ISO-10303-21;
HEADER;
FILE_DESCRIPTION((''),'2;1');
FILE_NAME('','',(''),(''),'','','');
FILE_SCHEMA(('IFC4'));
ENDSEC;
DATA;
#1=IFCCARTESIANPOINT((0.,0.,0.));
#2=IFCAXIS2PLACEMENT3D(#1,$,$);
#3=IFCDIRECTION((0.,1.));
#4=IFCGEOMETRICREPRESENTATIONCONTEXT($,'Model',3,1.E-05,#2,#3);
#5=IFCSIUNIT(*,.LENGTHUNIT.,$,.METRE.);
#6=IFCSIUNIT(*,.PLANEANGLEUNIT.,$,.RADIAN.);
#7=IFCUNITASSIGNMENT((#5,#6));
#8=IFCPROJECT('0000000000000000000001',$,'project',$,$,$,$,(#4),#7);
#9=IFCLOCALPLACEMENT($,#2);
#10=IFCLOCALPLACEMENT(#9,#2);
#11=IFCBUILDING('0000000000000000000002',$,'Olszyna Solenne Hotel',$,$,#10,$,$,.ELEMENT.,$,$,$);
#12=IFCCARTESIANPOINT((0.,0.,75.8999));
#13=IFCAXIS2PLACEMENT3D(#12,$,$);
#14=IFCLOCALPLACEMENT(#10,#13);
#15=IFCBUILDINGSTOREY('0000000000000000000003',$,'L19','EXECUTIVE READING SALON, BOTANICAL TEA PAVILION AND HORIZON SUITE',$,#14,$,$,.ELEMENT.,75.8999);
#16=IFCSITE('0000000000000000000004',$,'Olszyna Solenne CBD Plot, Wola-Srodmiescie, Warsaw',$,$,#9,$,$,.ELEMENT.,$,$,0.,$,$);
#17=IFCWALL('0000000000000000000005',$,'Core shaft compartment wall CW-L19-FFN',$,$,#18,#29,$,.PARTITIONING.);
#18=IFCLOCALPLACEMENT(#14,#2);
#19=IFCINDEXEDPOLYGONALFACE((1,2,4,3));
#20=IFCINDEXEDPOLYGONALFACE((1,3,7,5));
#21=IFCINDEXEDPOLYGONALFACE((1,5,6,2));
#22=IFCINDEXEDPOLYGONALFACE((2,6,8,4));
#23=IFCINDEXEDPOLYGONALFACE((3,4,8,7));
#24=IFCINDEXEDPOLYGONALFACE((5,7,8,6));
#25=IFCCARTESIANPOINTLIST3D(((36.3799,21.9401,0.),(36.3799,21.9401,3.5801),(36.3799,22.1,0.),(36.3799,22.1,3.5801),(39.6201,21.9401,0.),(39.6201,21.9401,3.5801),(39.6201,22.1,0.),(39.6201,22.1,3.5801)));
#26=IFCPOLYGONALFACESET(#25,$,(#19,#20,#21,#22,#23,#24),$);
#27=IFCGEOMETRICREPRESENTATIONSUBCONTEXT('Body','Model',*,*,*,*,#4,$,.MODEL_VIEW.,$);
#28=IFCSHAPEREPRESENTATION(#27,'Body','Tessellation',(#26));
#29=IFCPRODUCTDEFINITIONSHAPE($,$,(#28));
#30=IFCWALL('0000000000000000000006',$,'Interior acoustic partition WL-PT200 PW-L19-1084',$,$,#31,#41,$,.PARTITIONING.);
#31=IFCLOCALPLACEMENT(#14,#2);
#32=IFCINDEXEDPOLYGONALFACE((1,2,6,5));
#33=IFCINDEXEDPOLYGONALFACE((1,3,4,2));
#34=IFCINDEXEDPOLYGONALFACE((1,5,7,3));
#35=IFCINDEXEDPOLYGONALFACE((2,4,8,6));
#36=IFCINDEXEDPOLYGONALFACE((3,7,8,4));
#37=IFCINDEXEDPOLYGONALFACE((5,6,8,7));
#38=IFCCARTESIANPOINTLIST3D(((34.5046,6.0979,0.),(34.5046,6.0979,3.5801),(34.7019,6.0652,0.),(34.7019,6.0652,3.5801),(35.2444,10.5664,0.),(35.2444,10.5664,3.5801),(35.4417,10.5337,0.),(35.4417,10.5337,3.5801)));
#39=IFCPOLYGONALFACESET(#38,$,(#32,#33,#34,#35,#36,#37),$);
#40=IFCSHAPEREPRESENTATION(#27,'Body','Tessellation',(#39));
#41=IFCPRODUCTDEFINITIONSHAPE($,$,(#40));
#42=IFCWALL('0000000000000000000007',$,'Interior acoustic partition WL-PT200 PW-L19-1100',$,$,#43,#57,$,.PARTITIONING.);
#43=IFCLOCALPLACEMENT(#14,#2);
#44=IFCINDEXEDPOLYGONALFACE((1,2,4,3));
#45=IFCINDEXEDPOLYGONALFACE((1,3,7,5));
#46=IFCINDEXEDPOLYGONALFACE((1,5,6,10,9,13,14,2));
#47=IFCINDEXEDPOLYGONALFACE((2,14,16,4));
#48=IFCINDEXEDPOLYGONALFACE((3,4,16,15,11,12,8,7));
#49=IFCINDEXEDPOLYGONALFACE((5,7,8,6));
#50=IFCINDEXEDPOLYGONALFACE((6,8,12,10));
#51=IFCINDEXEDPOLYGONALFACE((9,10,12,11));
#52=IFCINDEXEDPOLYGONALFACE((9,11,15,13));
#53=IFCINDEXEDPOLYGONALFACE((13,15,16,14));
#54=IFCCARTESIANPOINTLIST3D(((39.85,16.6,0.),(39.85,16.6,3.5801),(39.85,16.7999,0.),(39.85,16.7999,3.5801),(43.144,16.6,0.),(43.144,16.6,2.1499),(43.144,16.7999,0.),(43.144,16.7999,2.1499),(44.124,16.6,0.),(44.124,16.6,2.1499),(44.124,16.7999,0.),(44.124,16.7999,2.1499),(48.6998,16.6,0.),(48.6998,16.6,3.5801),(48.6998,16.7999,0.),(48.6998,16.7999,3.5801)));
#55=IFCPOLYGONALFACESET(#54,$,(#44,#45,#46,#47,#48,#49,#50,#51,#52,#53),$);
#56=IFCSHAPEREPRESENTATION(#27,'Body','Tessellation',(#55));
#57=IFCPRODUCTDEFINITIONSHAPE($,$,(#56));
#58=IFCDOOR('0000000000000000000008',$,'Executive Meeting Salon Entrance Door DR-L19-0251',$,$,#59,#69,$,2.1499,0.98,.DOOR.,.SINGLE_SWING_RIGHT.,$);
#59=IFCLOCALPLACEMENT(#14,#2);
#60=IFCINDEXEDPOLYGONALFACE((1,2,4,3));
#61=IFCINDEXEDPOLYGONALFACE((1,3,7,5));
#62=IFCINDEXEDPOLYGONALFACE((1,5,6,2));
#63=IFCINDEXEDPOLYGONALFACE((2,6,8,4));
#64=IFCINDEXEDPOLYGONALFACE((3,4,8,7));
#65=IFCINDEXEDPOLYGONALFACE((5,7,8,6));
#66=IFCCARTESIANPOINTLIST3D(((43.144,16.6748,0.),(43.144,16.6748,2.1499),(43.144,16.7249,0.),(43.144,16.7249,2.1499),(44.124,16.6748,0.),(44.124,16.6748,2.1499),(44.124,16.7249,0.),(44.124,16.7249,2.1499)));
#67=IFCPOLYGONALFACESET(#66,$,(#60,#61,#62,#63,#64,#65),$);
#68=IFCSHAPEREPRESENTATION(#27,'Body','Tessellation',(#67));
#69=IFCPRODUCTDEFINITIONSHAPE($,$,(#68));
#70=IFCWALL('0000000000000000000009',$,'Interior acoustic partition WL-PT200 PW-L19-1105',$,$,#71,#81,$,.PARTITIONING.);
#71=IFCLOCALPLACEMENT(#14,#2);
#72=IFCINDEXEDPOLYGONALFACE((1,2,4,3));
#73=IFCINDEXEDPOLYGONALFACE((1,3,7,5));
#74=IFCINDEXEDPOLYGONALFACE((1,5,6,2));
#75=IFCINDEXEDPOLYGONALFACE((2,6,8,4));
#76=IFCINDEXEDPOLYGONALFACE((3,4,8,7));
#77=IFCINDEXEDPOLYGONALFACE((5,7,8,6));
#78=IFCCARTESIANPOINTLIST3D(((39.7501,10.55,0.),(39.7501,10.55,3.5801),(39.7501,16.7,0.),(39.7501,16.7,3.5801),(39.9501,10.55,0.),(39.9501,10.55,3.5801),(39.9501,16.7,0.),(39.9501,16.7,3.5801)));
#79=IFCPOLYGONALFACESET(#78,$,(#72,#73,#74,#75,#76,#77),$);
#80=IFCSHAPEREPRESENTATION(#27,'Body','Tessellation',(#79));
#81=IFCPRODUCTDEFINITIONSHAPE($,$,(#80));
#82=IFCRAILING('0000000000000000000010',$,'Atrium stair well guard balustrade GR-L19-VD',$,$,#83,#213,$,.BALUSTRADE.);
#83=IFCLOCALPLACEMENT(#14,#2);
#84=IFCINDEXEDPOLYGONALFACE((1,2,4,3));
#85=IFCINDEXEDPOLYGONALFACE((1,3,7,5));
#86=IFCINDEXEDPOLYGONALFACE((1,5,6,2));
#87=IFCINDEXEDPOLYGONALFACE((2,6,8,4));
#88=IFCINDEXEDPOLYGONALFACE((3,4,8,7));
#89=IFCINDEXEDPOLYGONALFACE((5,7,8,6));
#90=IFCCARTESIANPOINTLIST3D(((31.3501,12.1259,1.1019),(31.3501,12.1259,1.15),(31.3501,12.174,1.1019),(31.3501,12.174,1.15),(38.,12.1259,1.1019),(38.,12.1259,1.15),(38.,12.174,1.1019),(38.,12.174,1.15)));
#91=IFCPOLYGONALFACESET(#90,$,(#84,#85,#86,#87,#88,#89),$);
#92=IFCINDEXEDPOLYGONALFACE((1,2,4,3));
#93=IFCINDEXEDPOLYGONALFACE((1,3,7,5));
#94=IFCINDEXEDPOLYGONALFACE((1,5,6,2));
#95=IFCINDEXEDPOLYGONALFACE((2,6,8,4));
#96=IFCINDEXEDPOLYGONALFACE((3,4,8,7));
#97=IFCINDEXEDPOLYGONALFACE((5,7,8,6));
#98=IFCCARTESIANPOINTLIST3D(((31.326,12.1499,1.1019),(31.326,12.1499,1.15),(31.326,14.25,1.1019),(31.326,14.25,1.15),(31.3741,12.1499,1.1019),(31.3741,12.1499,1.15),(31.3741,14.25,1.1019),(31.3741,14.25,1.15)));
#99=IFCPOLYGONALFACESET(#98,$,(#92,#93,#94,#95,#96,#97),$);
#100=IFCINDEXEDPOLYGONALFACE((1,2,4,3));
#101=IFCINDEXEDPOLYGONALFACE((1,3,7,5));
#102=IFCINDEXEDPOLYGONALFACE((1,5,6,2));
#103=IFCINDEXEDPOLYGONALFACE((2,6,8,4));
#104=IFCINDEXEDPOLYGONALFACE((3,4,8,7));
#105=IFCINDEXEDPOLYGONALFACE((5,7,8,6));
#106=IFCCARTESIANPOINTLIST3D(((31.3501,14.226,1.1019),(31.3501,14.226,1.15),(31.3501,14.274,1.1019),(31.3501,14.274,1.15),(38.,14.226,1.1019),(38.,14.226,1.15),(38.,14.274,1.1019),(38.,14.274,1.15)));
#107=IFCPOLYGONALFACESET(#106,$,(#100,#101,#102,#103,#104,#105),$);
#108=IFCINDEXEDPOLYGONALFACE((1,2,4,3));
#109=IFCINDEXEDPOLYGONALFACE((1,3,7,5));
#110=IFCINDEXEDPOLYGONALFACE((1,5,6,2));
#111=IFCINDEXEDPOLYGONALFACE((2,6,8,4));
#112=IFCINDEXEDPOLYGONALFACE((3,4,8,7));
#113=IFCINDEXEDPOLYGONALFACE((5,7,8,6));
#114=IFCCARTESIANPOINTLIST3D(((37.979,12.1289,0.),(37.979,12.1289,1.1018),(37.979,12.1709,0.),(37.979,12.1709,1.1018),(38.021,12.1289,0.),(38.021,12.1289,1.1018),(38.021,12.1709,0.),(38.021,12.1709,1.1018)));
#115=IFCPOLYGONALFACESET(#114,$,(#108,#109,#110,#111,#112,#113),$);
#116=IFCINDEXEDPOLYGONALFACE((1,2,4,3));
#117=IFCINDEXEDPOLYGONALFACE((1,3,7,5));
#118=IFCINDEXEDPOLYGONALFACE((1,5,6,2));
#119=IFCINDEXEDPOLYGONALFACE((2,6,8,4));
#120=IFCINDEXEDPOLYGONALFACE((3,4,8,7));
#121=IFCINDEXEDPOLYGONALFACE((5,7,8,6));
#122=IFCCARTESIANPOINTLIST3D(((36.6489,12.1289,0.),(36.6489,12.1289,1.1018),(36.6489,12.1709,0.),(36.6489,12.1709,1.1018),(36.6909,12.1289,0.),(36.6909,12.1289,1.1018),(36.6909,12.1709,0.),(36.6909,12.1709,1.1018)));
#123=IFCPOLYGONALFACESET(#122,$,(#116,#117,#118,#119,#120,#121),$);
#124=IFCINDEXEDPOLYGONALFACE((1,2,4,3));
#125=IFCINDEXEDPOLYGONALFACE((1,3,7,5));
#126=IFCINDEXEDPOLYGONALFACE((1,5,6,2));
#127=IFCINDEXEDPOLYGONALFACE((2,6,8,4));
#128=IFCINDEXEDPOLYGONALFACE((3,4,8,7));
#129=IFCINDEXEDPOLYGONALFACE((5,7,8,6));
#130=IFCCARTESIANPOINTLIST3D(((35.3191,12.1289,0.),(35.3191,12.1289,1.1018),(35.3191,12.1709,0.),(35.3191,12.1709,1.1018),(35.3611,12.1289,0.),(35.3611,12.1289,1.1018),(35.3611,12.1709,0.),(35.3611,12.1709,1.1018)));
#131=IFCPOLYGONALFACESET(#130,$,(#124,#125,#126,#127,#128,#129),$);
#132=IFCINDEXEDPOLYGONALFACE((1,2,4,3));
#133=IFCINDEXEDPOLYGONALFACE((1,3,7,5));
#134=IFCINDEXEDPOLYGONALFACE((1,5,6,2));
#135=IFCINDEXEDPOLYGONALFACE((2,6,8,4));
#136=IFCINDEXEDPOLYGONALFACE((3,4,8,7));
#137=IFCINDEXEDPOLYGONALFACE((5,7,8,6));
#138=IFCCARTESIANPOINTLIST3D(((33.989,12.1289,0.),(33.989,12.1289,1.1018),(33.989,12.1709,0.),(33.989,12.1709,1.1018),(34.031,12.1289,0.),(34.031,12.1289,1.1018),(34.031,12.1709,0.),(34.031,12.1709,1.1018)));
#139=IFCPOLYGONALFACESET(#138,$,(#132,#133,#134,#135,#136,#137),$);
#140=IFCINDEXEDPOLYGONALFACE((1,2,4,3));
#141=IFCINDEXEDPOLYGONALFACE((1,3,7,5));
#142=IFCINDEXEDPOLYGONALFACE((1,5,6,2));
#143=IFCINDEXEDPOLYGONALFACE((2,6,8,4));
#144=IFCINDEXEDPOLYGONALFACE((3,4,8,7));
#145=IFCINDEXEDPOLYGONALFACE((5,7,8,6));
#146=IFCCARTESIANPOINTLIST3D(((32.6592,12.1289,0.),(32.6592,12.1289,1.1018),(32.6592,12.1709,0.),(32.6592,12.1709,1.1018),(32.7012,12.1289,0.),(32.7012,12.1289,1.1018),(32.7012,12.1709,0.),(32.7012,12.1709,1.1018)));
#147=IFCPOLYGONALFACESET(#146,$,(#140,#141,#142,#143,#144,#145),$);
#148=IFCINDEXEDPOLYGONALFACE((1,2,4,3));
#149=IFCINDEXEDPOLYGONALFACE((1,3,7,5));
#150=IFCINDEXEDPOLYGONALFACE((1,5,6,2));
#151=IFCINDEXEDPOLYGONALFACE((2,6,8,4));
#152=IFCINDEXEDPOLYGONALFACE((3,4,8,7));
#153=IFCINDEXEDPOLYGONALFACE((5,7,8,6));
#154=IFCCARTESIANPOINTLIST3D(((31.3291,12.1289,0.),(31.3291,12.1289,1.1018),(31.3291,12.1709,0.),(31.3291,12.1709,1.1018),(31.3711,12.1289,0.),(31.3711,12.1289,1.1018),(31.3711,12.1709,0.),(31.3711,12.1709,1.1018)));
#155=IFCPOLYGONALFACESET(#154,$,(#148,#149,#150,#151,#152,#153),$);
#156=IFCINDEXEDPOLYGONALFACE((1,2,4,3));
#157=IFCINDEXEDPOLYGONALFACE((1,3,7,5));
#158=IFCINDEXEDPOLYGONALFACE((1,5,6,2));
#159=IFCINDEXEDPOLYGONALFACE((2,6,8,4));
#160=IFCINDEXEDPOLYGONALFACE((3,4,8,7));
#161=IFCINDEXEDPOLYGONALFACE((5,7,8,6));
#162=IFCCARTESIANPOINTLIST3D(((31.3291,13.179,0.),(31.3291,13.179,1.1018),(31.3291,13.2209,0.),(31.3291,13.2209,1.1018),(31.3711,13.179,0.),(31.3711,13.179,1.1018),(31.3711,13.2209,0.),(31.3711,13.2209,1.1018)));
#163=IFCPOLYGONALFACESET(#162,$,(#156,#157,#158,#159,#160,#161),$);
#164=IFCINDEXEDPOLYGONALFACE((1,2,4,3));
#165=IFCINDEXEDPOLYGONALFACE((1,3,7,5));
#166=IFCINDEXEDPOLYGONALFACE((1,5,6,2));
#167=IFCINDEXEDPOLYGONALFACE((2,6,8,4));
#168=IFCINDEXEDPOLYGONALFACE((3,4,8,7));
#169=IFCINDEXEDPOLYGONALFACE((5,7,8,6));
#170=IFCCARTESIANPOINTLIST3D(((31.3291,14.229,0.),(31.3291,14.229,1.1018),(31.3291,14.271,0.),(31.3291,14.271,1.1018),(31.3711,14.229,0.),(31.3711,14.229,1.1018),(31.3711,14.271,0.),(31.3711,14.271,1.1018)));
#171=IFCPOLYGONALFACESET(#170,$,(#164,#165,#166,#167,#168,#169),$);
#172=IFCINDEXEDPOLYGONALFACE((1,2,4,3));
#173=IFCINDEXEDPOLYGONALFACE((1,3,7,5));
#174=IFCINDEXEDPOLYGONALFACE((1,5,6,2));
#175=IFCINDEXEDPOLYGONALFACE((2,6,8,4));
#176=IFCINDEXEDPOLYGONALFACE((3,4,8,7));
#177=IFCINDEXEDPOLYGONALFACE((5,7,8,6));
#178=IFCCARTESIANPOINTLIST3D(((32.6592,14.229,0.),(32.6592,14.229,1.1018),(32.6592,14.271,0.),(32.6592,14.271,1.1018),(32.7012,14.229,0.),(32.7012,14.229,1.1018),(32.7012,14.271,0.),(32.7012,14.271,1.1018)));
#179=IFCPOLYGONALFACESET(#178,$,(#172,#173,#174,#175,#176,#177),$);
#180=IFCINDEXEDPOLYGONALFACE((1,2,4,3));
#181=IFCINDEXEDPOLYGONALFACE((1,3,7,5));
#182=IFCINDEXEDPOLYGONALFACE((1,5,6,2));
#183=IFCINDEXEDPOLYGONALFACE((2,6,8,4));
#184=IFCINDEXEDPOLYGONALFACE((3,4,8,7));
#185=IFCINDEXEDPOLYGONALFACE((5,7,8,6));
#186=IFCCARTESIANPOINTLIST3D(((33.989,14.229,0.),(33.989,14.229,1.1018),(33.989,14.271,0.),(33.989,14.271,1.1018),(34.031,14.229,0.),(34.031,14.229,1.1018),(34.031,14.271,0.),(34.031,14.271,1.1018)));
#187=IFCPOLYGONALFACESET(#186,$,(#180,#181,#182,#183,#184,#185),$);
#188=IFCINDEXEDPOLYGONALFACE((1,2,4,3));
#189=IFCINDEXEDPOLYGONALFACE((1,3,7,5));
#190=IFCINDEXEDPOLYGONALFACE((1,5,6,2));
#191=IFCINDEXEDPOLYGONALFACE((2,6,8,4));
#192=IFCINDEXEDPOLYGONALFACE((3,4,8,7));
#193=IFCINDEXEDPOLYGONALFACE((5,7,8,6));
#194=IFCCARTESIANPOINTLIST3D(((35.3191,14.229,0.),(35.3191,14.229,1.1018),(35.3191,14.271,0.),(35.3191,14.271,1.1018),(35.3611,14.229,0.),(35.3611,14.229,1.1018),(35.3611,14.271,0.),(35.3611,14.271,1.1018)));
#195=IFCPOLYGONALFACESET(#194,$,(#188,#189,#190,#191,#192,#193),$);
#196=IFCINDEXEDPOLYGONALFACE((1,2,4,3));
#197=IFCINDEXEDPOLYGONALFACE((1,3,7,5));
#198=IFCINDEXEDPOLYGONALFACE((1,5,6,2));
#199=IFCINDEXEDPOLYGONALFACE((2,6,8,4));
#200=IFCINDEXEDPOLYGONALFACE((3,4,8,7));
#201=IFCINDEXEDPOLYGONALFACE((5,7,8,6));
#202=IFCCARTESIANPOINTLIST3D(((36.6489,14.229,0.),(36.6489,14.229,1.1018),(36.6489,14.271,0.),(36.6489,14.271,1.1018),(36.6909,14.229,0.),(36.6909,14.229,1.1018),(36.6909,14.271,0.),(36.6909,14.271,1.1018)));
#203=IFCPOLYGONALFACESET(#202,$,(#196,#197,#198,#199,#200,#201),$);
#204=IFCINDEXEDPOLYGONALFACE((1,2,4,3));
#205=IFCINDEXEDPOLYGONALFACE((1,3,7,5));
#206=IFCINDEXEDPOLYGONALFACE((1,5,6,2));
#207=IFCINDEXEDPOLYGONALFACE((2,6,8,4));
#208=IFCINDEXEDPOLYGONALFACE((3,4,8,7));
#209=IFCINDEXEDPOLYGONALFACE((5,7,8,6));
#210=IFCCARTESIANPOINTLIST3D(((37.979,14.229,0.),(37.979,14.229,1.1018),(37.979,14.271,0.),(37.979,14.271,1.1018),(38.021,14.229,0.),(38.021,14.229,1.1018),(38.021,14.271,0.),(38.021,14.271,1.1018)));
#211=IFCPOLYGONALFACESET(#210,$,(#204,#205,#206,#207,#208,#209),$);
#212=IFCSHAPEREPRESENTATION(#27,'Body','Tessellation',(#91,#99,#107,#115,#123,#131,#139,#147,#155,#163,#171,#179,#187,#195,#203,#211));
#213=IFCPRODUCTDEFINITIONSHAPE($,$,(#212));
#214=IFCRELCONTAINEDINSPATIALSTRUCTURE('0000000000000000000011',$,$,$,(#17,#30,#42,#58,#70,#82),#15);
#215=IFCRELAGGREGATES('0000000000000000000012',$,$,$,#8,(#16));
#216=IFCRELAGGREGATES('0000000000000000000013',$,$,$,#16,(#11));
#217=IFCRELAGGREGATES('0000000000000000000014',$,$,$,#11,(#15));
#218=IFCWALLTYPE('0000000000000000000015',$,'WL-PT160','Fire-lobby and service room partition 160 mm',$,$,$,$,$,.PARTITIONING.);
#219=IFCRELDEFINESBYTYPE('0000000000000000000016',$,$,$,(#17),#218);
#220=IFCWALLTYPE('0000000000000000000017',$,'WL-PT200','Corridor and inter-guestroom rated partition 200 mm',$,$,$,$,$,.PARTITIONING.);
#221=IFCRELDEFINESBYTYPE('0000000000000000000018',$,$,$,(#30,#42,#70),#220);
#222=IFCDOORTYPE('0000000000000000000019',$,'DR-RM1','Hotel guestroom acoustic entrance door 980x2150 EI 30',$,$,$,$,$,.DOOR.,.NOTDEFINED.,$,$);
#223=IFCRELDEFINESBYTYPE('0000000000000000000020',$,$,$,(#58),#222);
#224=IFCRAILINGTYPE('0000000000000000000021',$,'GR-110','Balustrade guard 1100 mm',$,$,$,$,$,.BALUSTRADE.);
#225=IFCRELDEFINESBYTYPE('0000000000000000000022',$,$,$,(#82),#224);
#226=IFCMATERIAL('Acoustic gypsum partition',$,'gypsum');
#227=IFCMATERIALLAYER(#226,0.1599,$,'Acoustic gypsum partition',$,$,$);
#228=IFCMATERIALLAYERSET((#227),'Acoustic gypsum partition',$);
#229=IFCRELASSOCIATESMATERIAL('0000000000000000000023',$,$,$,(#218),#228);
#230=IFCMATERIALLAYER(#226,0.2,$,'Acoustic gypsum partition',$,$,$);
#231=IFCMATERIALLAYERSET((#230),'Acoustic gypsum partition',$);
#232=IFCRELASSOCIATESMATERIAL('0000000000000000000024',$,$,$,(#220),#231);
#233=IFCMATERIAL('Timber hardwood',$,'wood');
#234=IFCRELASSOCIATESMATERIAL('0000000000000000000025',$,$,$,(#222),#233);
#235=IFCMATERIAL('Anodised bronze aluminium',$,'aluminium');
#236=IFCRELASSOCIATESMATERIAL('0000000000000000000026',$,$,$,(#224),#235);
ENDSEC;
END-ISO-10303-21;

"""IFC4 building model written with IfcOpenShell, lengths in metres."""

from ifc_helpers import new_model, si_unit, direction, frame, frame_2d, origin, origin_2d, place, context, subcontext, project, spatial, rectangle, extrude, source, transform, mapped, material, layer, layer_set, type_object, type_shapes, element, fill, save


model = new_model("IFC4")

# Units and contexts
model_context = context("Model", 3, precision=1e-05, world=origin(), true_north=direction((0.0, 1.0)))
body_context = subcontext(model_context, "Body", "Model", "MODEL_VIEW")
ifc_project = project(units=[si_unit("LENGTHUNIT", "METRE"), si_unit("PLANEANGLEUNIT", "RADIAN")], contexts=[model_context])

# Site, building, storey
site_placement = place(None, origin())
site = spatial("IfcSite", under=ifc_project, at=site_placement, Name="Olszyna Solenne CBD Plot, Wola-Srodmiescie, Warsaw", CompositionType="ELEMENT", RefElevation=0.0)
building_placement = place(site_placement, origin())
building = spatial("IfcBuilding", under=site, at=building_placement, Name="Olszyna Solenne Hotel", CompositionType="ELEMENT")
storey_placement = place(building_placement, frame((0.0, 0.0, 75.8999)))
storey = spatial("IfcBuildingStorey", under=building, at=storey_placement, Name="L19", Description="EXECUTIVE READING SALON, BOTANICAL TEA PAVILION AND HORIZON SUITE", CompositionType="ELEMENT", Elevation=75.8999)

# Shared definitions
ifc_material_1 = material(Name="Anodised bronze aluminium", Category="aluminium")

# Shared definitions
ifc_material_2 = material(Name="Acoustic gypsum partition", Category="gypsum")

# Shared definitions
ifc_material_3 = material(Name="Timber hardwood", Category="wood")

# Shared definitions
ifc_layer_1 = layer(ifc_material_2, 0.1599, Name="Acoustic gypsum partition")
ifc_layer_set_1 = layer_set([ifc_layer_1], Name="Acoustic gypsum partition")
wall_type_1 = type_object("IfcWallType", Name="WL-PT160", Description="Fire-lobby and service room partition 160 mm", PredefinedType="PARTITIONING", material=ifc_layer_set_1)

# Walls
wall_1_placement = place(storey_placement, frame((36.3799, 22.02, 0.0), z_axis=(0.0, 0.0, 1.0), x_axis=(1.0, 0.0, 0.0)))
element("IfcWall", 1, at=wall_1_placement, inside=storey, type_object=wall_type_1, Name="Core shaft compartment wall CW-L19-FFN", PredefinedType="PARTITIONING", context=body_context, shape_type="SweptSolid", body=[
    extrude(rectangle(XDim=3.2402, YDim=0.1599, at=frame_2d((1.6201, 0.0))), origin(), (0.0, 0.0, 1.0), 3.5801),
])
ifc_layer_2 = layer(ifc_material_2, 0.2, Name="Acoustic gypsum partition")
ifc_layer_set_2 = layer_set([ifc_layer_2], Name="Acoustic gypsum partition")
wall_type_2 = type_object("IfcWallType", Name="WL-PT200", Description="Corridor and inter-guestroom rated partition 200 mm", PredefinedType="PARTITIONING", material=ifc_layer_set_2)
wall_2_placement = place(storey_placement, frame((35.343, 10.55, 0.0), z_axis=(0.0, 0.0, 1.0), x_axis=(-0.163324, -0.986573, 0.0)))
element("IfcWall", 2, at=wall_2_placement, inside=storey, type_object=wall_type_2, Name="Interior acoustic partition WL-PT200 PW-L19-1084", PredefinedType="PARTITIONING", context=body_context, shape_type="SweptSolid", body=[
    extrude(rectangle(XDim=4.5293, YDim=0.2, at=frame_2d((2.2646, 0.0))), origin(), (0.0, 0.0, 1.0), 3.5801),
])

# Wall, opening, door
wall_3_placement = place(storey_placement, frame((39.8501, 16.7, 0.0), z_axis=(0.0, 0.0, 1.0), x_axis=(1.0, 0.0, 0.0)))
wall_3 = element("IfcWall", 3, at=wall_3_placement, inside=storey, type_object=wall_type_2, Name="Interior acoustic partition WL-PT200 PW-L19-1100", PredefinedType="PARTITIONING", context=body_context, shape_type="SweptSolid", body=[
    extrude(rectangle(XDim=8.8499, YDim=0.2, at=frame_2d((4.4248, 0.0))), origin(), (0.0, 0.0, 1.0), 3.5801),
])
opening_1_placement = place(wall_3_placement, frame((3.2939, 0.0, 0.0)))
opening_1 = element("IfcOpeningElement", 4, at=opening_1_placement, cuts=wall_3, PredefinedType="OPENING", context=body_context, shape_type="SweptSolid", body=[
    extrude(rectangle(XDim=0.98, YDim=2.1499, at=frame_2d((0.49, 1.075))), frame((0.0, 0.1099, 0.0), z_axis=(0.0, -1.0, 0.0), x_axis=(1.0, 0.0, 0.0)), (0.0, 0.0, 1.0), 0.22),
])
door_type_1 = type_object("IfcDoorType", Name="DR-RM1", Description="Hotel guestroom acoustic entrance door 980x2150 EI 30", OperationType="NOTDEFINED", PredefinedType="DOOR", material=ifc_material_3)
shared_shape_1 = source(origin(), body_context, "Body", "SweptSolid", [
    extrude(rectangle(XDim=0.98, YDim=2.1499, at=frame_2d((0.49, 1.075))), frame((0.0, 0.0249, 0.0), z_axis=(0.0, -1.0, 0.0), x_axis=(1.0, 0.0, 0.0)), (0.0, 0.0, 1.0), 0.05),
])
type_shapes(door_type_1, [shared_shape_1])
door_1_placement = place(opening_1_placement, origin())
door_1 = element("IfcDoor", 5, at=door_1_placement, inside=storey, type_object=door_type_1, Name="Executive Meeting Salon Entrance Door DR-L19-0251", OperationType="SINGLE_SWING_RIGHT", OverallHeight=2.1499, OverallWidth=0.98, PredefinedType="DOOR", context=body_context, shape_type="MappedRepresentation", body=[
    mapped(shared_shape_1, transform((0.0, 0.0, 0.0), x_axis=(1.0, 0.0, 0.0), y_axis=(0.0, 1.0, 0.0), z_axis=(0.0, 0.0, 1.0), scale=1.0)),
])
fill(opening_1, door_1)

# Wall
wall_4_placement = place(storey_placement, frame((39.8501, 10.55, 0.0), z_axis=(0.0, 0.0, 1.0), x_axis=(0.0, 1.0, 0.0)))
element("IfcWall", 6, at=wall_4_placement, inside=storey, type_object=wall_type_2, Name="Interior acoustic partition WL-PT200 PW-L19-1105", PredefinedType="PARTITIONING", context=body_context, shape_type="SweptSolid", body=[
    extrude(rectangle(XDim=6.1499, YDim=0.2, at=frame_2d((3.075, 0.0))), origin(), (0.0, 0.0, 1.0), 3.5801),
])

# Railing
railing_type_1 = type_object("IfcRailingType", Name="GR-110", Description="Balustrade guard 1100 mm", PredefinedType="BALUSTRADE", material=ifc_material_1)
railing_1_placement = place(storey_placement, frame((38.0, 12.1499, 0.0)))
element("IfcRailing", 7, at=railing_1_placement, inside=storey, type_object=railing_type_1, Name="Atrium stair well guard balustrade GR-L19-VD", PredefinedType="BALUSTRADE", context=body_context, shape_type="SweptSolid", body=[
    extrude(rectangle(XDim=0.0481, YDim=0.0481, at=origin_2d()), frame((0.0, 0.0, 1.126), z_axis=(-1.0, 0.0, 0.0), x_axis=(0.0, -1.0, 0.0)), (0.0, 0.0, 1.0), 6.6499),
    extrude(rectangle(XDim=0.0481, YDim=0.0481, at=origin_2d()), frame((-6.6499, 0.0, 1.126), z_axis=(0.0, 1.0, 0.0), x_axis=(-1.0, 0.0, 0.0)), (0.0, 0.0, 1.0), 2.1001),
    extrude(rectangle(XDim=0.0481, YDim=0.0481, at=origin_2d()), frame((-6.6499, 2.1001, 1.126), z_axis=(1.0, 0.0, 0.0), x_axis=(0.0, 1.0, 0.0)), (0.0, 0.0, 1.0), 6.6499),
    extrude(rectangle(XDim=0.042, YDim=0.042, at=origin_2d()), origin(), (0.0, 0.0, 1.0), 1.1018),
    extrude(rectangle(XDim=0.042, YDim=0.042, at=origin_2d()), frame((-1.3301, 0.0, 0.0)), (0.0, 0.0, 1.0), 1.1018),
    extrude(rectangle(XDim=0.042, YDim=0.042, at=origin_2d()), frame((-2.6599, 0.0, 0.0)), (0.0, 0.0, 1.0), 1.1018),
    extrude(rectangle(XDim=0.042, YDim=0.042, at=origin_2d()), frame((-3.99, 0.0, 0.0)), (0.0, 0.0, 1.0), 1.1018),
    extrude(rectangle(XDim=0.042, YDim=0.042, at=origin_2d()), frame((-5.3198, 0.0, 0.0)), (0.0, 0.0, 1.0), 1.1018),
    extrude(rectangle(XDim=0.042, YDim=0.042, at=origin_2d()), frame((-6.6499, 0.0, 0.0)), (0.0, 0.0, 1.0), 1.1018),
    extrude(rectangle(XDim=0.042, YDim=0.042, at=origin_2d()), frame((-6.6499, 1.05, 0.0)), (0.0, 0.0, 1.0), 1.1018),
    extrude(rectangle(XDim=0.042, YDim=0.042, at=origin_2d()), frame((-6.6499, 2.1001, 0.0)), (0.0, 0.0, 1.0), 1.1018),
    extrude(rectangle(XDim=0.042, YDim=0.042, at=origin_2d()), frame((-5.3198, 2.1001, 0.0)), (0.0, 0.0, 1.0), 1.1018),
    extrude(rectangle(XDim=0.042, YDim=0.042, at=origin_2d()), frame((-3.99, 2.1001, 0.0)), (0.0, 0.0, 1.0), 1.1018),
    extrude(rectangle(XDim=0.042, YDim=0.042, at=origin_2d()), frame((-2.6599, 2.1001, 0.0)), (0.0, 0.0, 1.0), 1.1018),
    extrude(rectangle(XDim=0.042, YDim=0.042, at=origin_2d()), frame((-1.3301, 2.1001, 0.0)), (0.0, 0.0, 1.0), 1.1018),
    extrude(rectangle(XDim=0.042, YDim=0.042, at=origin_2d()), frame((0.0, 2.1001, 0.0)), (0.0, 0.0, 1.0), 1.1018),
])

save(model, "model.ifc")
